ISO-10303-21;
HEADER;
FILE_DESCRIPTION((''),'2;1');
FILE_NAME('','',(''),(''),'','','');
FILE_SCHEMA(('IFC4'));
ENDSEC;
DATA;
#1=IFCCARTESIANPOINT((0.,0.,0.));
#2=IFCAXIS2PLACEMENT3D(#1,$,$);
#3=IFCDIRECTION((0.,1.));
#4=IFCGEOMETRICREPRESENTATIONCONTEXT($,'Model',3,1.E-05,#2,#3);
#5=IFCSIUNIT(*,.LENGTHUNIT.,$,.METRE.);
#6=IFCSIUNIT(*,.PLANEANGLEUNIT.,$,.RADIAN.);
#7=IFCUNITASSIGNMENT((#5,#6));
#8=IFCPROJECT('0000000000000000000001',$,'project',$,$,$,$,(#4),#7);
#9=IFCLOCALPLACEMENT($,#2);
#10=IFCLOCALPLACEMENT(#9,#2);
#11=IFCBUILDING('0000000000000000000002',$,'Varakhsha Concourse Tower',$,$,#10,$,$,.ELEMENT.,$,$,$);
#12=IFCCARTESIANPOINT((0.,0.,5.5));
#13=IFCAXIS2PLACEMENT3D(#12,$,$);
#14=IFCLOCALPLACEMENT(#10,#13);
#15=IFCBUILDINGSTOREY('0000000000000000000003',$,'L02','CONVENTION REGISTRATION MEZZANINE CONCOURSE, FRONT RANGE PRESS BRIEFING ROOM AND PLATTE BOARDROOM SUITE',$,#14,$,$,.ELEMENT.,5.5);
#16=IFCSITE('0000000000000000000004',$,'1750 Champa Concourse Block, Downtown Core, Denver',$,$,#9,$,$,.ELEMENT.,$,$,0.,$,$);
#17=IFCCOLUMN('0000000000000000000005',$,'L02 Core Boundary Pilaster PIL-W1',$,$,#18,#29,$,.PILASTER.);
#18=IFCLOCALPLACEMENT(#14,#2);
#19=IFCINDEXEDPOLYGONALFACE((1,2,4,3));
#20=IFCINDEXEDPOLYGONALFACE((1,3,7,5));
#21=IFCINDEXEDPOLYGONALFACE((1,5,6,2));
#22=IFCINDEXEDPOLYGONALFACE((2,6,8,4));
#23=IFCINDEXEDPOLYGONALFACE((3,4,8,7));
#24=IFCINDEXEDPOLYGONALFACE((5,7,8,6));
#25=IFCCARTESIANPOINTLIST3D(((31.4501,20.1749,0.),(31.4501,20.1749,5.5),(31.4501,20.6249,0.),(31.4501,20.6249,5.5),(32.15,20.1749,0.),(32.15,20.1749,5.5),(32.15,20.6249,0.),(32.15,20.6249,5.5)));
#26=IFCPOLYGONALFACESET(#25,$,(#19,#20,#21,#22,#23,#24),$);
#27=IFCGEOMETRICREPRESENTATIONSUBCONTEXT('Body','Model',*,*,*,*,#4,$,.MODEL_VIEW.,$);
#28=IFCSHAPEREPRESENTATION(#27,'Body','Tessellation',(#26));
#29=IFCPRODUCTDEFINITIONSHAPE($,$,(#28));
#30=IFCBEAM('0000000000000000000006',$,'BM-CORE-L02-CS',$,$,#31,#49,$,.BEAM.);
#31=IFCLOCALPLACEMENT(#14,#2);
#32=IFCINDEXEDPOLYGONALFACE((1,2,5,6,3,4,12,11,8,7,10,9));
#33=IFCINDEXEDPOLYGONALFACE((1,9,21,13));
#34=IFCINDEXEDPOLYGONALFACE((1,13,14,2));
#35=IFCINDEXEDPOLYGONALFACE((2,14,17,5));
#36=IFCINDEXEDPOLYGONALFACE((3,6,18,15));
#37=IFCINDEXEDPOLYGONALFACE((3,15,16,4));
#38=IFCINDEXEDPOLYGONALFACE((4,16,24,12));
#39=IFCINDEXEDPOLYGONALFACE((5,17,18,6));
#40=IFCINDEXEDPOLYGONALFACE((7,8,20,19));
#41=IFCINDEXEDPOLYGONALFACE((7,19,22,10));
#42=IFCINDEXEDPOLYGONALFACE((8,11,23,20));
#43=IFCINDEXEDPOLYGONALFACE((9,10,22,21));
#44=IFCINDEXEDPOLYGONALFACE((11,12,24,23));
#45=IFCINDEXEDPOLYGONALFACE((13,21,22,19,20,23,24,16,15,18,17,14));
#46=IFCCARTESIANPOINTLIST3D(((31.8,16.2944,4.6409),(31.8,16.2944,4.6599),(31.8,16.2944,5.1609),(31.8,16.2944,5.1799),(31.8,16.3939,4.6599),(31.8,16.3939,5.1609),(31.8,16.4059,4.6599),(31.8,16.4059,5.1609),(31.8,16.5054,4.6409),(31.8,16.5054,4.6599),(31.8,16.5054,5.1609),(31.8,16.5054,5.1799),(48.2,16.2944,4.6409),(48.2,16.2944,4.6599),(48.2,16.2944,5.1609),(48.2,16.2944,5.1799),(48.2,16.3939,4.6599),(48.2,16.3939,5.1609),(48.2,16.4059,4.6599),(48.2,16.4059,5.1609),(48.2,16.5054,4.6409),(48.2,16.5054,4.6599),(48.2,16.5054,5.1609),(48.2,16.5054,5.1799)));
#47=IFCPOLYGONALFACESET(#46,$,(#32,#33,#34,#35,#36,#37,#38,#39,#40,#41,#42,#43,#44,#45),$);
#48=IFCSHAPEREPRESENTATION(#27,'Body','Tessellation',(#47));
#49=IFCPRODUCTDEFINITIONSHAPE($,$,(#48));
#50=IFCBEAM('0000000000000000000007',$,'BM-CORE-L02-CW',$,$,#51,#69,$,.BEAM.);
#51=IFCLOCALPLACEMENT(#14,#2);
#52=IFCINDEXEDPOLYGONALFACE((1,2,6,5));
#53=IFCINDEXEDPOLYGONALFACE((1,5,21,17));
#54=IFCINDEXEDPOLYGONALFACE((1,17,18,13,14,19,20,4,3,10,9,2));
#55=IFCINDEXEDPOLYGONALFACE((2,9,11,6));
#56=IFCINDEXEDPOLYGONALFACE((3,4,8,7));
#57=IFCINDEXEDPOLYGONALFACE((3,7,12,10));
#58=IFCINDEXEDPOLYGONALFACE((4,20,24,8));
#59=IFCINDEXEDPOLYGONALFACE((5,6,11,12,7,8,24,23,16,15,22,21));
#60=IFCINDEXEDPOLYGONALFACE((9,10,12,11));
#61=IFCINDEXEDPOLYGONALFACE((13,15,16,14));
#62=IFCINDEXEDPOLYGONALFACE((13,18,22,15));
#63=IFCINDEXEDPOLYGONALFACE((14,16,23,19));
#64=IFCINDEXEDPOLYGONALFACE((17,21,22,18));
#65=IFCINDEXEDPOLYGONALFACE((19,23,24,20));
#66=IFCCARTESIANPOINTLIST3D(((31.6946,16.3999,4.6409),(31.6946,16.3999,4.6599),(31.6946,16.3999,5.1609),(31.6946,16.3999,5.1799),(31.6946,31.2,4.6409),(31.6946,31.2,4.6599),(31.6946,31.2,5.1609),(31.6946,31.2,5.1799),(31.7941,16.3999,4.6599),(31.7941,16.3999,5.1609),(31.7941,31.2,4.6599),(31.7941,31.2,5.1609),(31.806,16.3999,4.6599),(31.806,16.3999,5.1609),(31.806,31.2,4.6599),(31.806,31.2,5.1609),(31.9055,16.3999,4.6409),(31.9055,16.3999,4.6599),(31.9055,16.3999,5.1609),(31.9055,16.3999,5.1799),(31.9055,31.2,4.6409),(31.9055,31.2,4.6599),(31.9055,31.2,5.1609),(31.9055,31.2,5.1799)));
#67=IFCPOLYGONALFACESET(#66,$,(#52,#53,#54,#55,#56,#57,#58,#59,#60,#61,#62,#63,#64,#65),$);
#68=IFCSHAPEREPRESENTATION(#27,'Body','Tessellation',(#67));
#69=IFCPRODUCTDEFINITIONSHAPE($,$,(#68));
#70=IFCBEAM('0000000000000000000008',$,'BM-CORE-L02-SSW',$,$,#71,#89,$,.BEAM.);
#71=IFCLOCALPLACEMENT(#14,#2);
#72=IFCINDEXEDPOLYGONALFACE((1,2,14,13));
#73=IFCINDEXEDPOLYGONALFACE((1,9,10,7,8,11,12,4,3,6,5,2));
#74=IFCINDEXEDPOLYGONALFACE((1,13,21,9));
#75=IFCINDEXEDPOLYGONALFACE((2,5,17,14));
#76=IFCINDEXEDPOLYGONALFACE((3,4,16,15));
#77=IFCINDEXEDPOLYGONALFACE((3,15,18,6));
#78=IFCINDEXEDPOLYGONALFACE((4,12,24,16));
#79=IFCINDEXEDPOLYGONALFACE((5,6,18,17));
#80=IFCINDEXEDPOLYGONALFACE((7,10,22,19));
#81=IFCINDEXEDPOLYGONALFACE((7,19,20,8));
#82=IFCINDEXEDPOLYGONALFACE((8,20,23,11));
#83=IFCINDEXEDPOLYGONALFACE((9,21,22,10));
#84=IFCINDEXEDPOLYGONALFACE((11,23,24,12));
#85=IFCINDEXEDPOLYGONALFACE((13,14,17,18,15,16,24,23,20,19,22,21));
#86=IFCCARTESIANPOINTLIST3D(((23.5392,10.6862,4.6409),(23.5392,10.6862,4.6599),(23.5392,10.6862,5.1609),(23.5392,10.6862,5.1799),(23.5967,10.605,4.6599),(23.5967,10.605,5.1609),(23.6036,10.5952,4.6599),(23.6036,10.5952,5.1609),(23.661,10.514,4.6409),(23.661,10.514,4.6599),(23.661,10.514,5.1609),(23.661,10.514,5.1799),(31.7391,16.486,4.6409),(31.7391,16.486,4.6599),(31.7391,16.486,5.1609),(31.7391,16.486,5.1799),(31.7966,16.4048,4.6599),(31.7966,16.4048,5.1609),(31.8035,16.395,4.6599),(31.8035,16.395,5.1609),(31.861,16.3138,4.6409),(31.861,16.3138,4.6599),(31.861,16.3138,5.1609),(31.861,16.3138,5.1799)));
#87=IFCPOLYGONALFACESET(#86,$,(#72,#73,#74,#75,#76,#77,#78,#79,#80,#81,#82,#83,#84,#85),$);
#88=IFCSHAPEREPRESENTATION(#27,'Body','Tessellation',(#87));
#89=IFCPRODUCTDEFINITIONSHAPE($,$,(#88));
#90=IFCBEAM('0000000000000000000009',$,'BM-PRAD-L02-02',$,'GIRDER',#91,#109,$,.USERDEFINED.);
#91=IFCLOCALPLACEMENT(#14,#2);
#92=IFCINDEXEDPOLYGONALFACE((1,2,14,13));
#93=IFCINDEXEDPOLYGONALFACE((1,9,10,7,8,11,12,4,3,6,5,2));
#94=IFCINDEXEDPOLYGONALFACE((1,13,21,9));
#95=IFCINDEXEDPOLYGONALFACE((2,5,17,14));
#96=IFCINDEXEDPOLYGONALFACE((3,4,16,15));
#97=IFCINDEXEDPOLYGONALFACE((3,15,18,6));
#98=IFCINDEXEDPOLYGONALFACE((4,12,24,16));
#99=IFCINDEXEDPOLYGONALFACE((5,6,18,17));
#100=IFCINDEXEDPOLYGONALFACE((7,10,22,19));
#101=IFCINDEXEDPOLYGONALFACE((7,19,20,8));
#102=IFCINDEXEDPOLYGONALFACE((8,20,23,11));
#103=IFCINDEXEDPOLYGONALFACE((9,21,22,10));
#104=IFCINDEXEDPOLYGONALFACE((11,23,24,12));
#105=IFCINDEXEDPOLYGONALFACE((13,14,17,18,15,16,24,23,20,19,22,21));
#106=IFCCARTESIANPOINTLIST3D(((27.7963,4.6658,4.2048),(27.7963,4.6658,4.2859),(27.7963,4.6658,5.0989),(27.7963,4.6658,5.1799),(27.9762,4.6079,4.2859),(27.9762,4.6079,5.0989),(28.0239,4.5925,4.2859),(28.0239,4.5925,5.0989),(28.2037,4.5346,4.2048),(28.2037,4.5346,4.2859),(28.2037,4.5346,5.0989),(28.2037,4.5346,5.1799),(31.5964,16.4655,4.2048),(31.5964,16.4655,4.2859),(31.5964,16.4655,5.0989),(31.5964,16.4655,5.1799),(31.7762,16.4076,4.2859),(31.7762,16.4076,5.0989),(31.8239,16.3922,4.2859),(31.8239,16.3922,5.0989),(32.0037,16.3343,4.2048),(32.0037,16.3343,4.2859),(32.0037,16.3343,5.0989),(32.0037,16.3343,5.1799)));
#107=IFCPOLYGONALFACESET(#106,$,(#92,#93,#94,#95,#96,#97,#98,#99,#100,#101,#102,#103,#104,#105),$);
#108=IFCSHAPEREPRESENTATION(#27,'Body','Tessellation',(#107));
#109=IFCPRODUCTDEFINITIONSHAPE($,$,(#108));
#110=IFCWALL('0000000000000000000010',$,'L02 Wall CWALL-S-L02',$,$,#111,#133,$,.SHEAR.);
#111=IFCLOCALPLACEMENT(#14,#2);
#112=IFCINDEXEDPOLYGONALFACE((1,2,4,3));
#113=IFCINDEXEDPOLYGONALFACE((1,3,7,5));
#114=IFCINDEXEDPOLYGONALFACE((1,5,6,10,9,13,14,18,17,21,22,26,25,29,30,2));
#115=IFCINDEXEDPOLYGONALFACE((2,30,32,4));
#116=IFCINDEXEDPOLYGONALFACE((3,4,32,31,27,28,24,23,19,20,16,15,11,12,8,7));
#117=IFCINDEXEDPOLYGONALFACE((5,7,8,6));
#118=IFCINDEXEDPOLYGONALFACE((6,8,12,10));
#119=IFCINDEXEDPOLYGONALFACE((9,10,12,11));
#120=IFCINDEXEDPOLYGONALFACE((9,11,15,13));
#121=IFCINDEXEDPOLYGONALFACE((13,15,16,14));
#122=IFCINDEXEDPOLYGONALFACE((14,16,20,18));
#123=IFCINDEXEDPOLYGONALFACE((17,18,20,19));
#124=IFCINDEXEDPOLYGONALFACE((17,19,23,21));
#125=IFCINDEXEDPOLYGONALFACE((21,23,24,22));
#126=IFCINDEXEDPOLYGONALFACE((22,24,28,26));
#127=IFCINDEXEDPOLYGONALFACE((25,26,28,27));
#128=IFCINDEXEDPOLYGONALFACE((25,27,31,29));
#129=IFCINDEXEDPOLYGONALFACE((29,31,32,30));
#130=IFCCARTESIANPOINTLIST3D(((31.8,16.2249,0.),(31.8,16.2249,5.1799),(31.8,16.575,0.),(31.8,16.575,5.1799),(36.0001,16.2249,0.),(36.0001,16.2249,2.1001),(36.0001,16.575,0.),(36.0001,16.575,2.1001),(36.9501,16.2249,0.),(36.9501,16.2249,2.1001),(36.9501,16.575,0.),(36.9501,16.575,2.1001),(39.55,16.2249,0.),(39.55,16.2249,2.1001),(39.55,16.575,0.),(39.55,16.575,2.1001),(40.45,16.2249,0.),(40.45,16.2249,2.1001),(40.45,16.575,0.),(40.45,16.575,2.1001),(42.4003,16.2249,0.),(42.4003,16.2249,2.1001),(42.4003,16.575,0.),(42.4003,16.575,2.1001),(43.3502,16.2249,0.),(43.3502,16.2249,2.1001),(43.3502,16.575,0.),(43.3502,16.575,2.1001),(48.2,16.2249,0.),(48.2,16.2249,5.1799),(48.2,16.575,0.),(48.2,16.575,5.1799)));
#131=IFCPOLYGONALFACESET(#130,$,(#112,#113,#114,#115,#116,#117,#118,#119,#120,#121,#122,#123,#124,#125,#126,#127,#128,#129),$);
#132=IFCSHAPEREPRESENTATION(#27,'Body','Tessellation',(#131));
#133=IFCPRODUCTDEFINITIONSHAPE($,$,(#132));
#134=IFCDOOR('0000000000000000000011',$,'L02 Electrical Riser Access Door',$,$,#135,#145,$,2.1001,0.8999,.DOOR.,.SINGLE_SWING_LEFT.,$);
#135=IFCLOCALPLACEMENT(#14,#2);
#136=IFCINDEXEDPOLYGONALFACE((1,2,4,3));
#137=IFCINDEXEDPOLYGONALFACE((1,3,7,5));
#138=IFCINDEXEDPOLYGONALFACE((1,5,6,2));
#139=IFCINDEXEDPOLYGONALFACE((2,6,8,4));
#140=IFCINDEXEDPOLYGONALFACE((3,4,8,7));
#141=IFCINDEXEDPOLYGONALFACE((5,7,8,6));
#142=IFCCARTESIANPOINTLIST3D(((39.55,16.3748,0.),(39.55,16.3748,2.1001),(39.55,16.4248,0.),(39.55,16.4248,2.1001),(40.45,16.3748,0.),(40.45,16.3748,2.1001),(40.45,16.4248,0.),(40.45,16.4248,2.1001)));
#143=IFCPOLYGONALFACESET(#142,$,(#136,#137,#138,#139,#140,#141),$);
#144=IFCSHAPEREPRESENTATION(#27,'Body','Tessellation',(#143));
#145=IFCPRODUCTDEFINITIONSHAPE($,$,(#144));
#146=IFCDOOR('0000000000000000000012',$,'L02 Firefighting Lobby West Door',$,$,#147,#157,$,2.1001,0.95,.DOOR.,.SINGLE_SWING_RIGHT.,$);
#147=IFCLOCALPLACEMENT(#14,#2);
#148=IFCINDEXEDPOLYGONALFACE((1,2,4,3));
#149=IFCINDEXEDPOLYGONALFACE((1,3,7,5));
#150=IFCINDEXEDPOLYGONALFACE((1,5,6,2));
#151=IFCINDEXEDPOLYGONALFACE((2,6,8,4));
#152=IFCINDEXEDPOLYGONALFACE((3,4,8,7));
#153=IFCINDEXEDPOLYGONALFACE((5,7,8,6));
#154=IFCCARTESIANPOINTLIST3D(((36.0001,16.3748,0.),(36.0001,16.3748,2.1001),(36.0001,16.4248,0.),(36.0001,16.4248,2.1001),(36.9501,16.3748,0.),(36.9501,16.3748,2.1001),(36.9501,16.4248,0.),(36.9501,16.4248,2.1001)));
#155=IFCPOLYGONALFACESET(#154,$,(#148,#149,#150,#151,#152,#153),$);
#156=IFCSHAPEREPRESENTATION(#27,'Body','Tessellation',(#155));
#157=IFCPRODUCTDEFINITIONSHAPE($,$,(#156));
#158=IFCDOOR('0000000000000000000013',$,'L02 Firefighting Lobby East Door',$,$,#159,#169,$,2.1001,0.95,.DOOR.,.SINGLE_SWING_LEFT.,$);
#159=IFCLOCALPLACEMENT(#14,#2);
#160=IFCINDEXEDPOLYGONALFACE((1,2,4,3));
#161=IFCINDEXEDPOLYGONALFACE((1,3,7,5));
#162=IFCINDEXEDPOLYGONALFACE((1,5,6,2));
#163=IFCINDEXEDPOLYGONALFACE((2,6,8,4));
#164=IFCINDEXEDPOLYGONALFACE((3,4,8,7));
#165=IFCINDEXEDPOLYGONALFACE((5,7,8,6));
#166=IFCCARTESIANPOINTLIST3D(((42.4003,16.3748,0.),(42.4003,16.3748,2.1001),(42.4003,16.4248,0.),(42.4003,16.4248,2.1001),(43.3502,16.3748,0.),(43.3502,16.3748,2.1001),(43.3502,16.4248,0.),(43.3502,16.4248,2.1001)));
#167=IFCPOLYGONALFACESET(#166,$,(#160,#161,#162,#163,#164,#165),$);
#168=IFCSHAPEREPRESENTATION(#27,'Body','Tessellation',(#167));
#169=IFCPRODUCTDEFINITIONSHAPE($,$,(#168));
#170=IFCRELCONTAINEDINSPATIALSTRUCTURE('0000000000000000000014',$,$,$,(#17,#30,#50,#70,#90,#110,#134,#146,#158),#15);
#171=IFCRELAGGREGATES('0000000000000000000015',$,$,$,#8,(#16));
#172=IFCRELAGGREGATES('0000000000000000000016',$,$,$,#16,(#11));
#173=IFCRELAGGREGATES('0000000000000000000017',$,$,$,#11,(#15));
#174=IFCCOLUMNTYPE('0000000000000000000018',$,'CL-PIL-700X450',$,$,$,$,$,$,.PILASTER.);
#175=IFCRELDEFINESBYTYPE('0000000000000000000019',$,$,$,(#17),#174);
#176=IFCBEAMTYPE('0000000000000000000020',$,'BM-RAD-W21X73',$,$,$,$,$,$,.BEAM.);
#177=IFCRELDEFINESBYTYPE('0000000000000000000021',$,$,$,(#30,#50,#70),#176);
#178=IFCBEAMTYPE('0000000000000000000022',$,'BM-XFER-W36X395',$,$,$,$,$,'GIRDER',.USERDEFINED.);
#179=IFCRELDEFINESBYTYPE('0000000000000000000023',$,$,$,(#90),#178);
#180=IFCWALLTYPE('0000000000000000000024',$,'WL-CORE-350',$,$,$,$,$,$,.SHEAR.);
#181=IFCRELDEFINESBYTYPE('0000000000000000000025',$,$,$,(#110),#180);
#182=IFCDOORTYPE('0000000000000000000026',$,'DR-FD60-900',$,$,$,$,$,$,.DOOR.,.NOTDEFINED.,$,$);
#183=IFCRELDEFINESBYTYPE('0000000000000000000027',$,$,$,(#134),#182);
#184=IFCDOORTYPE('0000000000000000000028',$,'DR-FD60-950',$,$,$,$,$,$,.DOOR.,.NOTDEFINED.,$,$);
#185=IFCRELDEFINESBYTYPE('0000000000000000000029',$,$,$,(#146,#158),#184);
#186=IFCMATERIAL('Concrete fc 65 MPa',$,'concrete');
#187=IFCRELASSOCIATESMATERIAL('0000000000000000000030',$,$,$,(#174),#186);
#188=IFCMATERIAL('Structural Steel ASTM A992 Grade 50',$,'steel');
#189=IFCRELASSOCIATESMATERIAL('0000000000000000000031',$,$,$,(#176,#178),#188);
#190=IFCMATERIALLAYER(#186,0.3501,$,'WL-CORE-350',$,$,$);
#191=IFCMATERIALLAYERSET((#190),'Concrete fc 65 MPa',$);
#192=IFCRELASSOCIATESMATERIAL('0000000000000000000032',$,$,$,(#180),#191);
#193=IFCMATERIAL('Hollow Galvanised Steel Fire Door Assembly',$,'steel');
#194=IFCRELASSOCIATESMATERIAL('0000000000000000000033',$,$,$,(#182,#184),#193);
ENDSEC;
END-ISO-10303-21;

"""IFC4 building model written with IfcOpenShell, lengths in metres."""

from ifc_helpers import new_model, si_unit, direction, frame, frame_2d, origin, origin_2d, place, context, subcontext, project, spatial, rectangle, i_section, extrude, material, layer, layer_set, material_profile, profile_set, type_object, element, fill, save


model = new_model("IFC4")

# Units and contexts
model_context = context("Model", 3, precision=1e-05, world=origin(), true_north=direction((0.0, 1.0)))
body_context = subcontext(model_context, "Body", "Model", "MODEL_VIEW")
ifc_project = project(units=[si_unit("LENGTHUNIT", "METRE"), si_unit("PLANEANGLEUNIT", "RADIAN")], contexts=[model_context])

# Site, building, storey
site_placement = place(None, origin())
site = spatial("IfcSite", under=ifc_project, at=site_placement, Name="1750 Champa Concourse Block, Downtown Core, Denver", CompositionType="ELEMENT", RefElevation=0.0)
building_placement = place(site_placement, origin())
building = spatial("IfcBuilding", under=site, at=building_placement, Name="Varakhsha Concourse Tower", CompositionType="ELEMENT")
storey_placement = place(building_placement, frame((0.0, 0.0, 5.5)))
storey = spatial("IfcBuildingStorey", under=building, at=storey_placement, Name="L02", Description="CONVENTION REGISTRATION MEZZANINE CONCOURSE, FRONT RANGE PRESS BRIEFING ROOM AND PLATTE BOARDROOM SUITE", CompositionType="ELEMENT", Elevation=5.5)

# Column
ifc_material_1 = material(Name="Concrete fc 65 MPa", Category="concrete")
ifc_material_profile_1 = material_profile(ifc_material_1, rectangle(XDim=0.7, YDim=0.45, at=origin_2d()), Name="RC 700x450")
ifc_profile_set_1 = profile_set([ifc_material_profile_1], Name="Concrete fc 65 MPa")
column_type = type_object("IfcColumnType", Name="CL-PIL-700X450", PredefinedType="PILASTER", material=ifc_profile_set_1)
column_placement = place(storey_placement, frame((31.8, 20.3999, 0.0), z_axis=(0.0, 0.0, 1.0), x_axis=(1.0, 0.0, 0.0)))
element("IfcColumn", 1, at=column_placement, inside=storey, type_object=column_type, Name="L02 Core Boundary Pilaster PIL-W1", PredefinedType="PILASTER", context=body_context, shape_type="SweptSolid", body=[
    extrude(rectangle(XDim=0.7, YDim=0.45, at=origin_2d()), origin(), (0.0, 0.0, 1.0), 5.5),
])

# Beams
ifc_material_2 = material(Name="Structural Steel ASTM A992 Grade 50", Category="steel")
ifc_material_profile_2 = material_profile(ifc_material_2, i_section(OverallWidth=0.2109, OverallDepth=0.5391, WebThickness=0.012, FlangeThickness=0.019, at=origin_2d()), Name="W21X73")
ifc_profile_set_2 = profile_set([ifc_material_profile_2], Name="Structural Steel ASTM A992 Grade 50")
beam_type_1 = type_object("IfcBeamType", Name="BM-RAD-W21X73", PredefinedType="BEAM", material=ifc_profile_set_2)
beam_1_placement = place(storey_placement, frame((31.8, 16.3999, 4.9104), z_axis=(1.0, 0.0, 0.0), x_axis=(0.0, 1.0, 0.0)))
element("IfcBeam", 2, at=beam_1_placement, inside=storey, type_object=beam_type_1, Name="BM-CORE-L02-CS", PredefinedType="BEAM", context=body_context, shape_type="SweptSolid", body=[
    extrude(i_section(OverallWidth=0.2109, OverallDepth=0.5391, WebThickness=0.012, FlangeThickness=0.019, at=origin_2d()), origin(), (0.0, 0.0, 1.0), 16.3999),
])
beam_2_placement = place(storey_placement, frame((31.8, 16.3999, 4.9104), z_axis=(0.0, 1.0, 0.0), x_axis=(-1.0, 0.0, 0.0)))
element("IfcBeam", 3, at=beam_2_placement, inside=storey, type_object=beam_type_1, Name="BM-CORE-L02-CW", PredefinedType="BEAM", context=body_context, shape_type="SweptSolid", body=[
    extrude(i_section(OverallWidth=0.2109, OverallDepth=0.5391, WebThickness=0.012, FlangeThickness=0.019, at=origin_2d()), origin(), (0.0, 0.0, 1.0), 14.8),
])
beam_3_placement = place(storey_placement, frame((31.8, 16.3999, 4.9104), z_axis=(-0.816423, -0.577454, 0.0), x_axis=(0.577454, -0.816423, 0.0)))
element("IfcBeam", 4, at=beam_3_placement, inside=storey, type_object=beam_type_1, Name="BM-CORE-L02-SSW", PredefinedType="BEAM", context=body_context, shape_type="SweptSolid", body=[
    extrude(i_section(OverallWidth=0.2109, OverallDepth=0.5391, WebThickness=0.012, FlangeThickness=0.019, at=origin_2d()), origin(), (0.0, 0.0, 1.0), 10.0437),
])
ifc_material_profile_3 = material_profile(ifc_material_2, i_section(OverallWidth=0.428, OverallDepth=0.9751, WebThickness=0.05, FlangeThickness=0.0811, at=origin_2d()), Name="W36X395")
ifc_profile_set_3 = profile_set([ifc_material_profile_3], Name="Structural Steel ASTM A992 Grade 50")
beam_type_2 = type_object("IfcBeamType", Name="BM-XFER-W36X395", ElementType="GIRDER", PredefinedType="USERDEFINED", material=ifc_profile_set_3)
beam_4_placement = place(storey_placement, frame((31.8, 16.3999, 4.6924), z_axis=(-0.30654, -0.951858, 0.0), x_axis=(0.951858, -0.30654, 0.0)))
element("IfcBeam", 5, at=beam_4_placement, inside=storey, type_object=beam_type_2, Name="BM-PRAD-L02-02", ObjectType="GIRDER", PredefinedType="USERDEFINED", context=body_context, shape_type="SweptSolid", body=[
    extrude(i_section(OverallWidth=0.428, OverallDepth=0.9751, WebThickness=0.05, FlangeThickness=0.0811, at=origin_2d()), origin(), (0.0, 0.0, 1.0), 12.3965),
])

# Wall, openings, doors
ifc_layer_1 = layer(ifc_material_1, 0.3501, Name="WL-CORE-350")
ifc_layer_set_1 = layer_set([ifc_layer_1], Name="Concrete fc 65 MPa")
wall_type_1 = type_object("IfcWallType", Name="WL-CORE-350", PredefinedType="SHEAR", material=ifc_layer_set_1)
wall_1_placement = place(storey_placement, frame((31.8, 16.3999, 0.0), z_axis=(0.0, 0.0, 1.0), x_axis=(1.0, 0.0, 0.0)))
wall_1 = element("IfcWall", 6, at=wall_1_placement, inside=storey, type_object=wall_type_1, Name="L02 Wall CWALL-S-L02", PredefinedType="SHEAR", context=body_context, shape_type="SweptSolid", body=[
    extrude(rectangle(XDim=16.3999, YDim=0.3501, at=frame_2d((8.2, 0.0))), origin(), (0.0, 0.0, 1.0), 5.1799),
])
opening_1_placement = place(wall_1_placement, frame((7.75, 0.0, 0.0)))
opening_1 = element("IfcOpeningElement", 7, at=opening_1_placement, cuts=wall_1, PredefinedType="OPENING", context=body_context, shape_type="SweptSolid", body=[
    extrude(rectangle(XDim=0.8999, YDim=2.1001, at=frame_2d((0.45, 1.05))), frame((0.0, 0.1851, 0.0), z_axis=(0.0, -1.0, 0.0), x_axis=(1.0, 0.0, 0.0)), (0.0, 0.0, 1.0), 0.3701),
])
opening_2_placement = place(wall_1_placement, frame((4.2, 0.0, 0.0)))
opening_2 = element("IfcOpeningElement", 8, at=opening_2_placement, cuts=wall_1, PredefinedType="OPENING", context=body_context, shape_type="SweptSolid", body=[
    extrude(rectangle(XDim=0.95, YDim=2.1001, at=frame_2d((0.4751, 1.05))), frame((0.0, 0.1851, 0.0), z_axis=(0.0, -1.0, 0.0), x_axis=(1.0, 0.0, 0.0)), (0.0, 0.0, 1.0), 0.3701),
])
opening_3_placement = place(wall_1_placement, frame((10.6001, 0.0, 0.0)))
opening_3 = element("IfcOpeningElement", 9, at=opening_3_placement, cuts=wall_1, PredefinedType="OPENING", context=body_context, shape_type="SweptSolid", body=[
    extrude(rectangle(XDim=0.95, YDim=2.1001, at=frame_2d((0.4751, 1.05))), frame((0.0, 0.1851, 0.0), z_axis=(0.0, -1.0, 0.0), x_axis=(1.0, 0.0, 0.0)), (0.0, 0.0, 1.0), 0.3701),
])
ifc_material_3 = material(Name="Hollow Galvanised Steel Fire Door Assembly", Category="steel")
door_type_1 = type_object("IfcDoorType", Name="DR-FD60-900", OperationType="NOTDEFINED", PredefinedType="DOOR", material=ifc_material_3)
door_1_placement = place(opening_1_placement, origin())
door_1 = element("IfcDoor", 10, at=door_1_placement, inside=storey, type_object=door_type_1, Name="L02 Electrical Riser Access Door", OperationType="SINGLE_SWING_LEFT", OverallHeight=2.1001, OverallWidth=0.8999, PredefinedType="DOOR", context=body_context, shape_type="SweptSolid", body=[
    extrude(rectangle(XDim=0.8999, YDim=2.1001, at=frame_2d((0.45, 1.05))), frame((0.0, 0.0249, 0.0), z_axis=(0.0, -1.0, 0.0), x_axis=(1.0, 0.0, 0.0)), (0.0, 0.0, 1.0), 0.05),
])
fill(opening_1, door_1)
door_type_2 = type_object("IfcDoorType", Name="DR-FD60-950", OperationType="NOTDEFINED", PredefinedType="DOOR", material=ifc_material_3)
door_2_placement = place(opening_2_placement, origin())
door_2 = element("IfcDoor", 11, at=door_2_placement, inside=storey, type_object=door_type_2, Name="L02 Firefighting Lobby West Door", OperationType="SINGLE_SWING_RIGHT", OverallHeight=2.1001, OverallWidth=0.95, PredefinedType="DOOR", context=body_context, shape_type="SweptSolid", body=[
    extrude(rectangle(XDim=0.95, YDim=2.1001, at=frame_2d((0.4751, 1.05))), frame((0.0, 0.0249, 0.0), z_axis=(0.0, -1.0, 0.0), x_axis=(1.0, 0.0, 0.0)), (0.0, 0.0, 1.0), 0.05),
])
fill(opening_2, door_2)
door_3_placement = place(opening_3_placement, origin())
door_3 = element("IfcDoor", 12, at=door_3_placement, inside=storey, type_object=door_type_2, Name="L02 Firefighting Lobby East Door", OperationType="SINGLE_SWING_LEFT", OverallHeight=2.1001, OverallWidth=0.95, PredefinedType="DOOR", context=body_context, shape_type="SweptSolid", body=[
    extrude(rectangle(XDim=0.95, YDim=2.1001, at=frame_2d((0.4751, 1.05))), frame((0.0, 0.0249, 0.0), z_axis=(0.0, -1.0, 0.0), x_axis=(1.0, 0.0, 0.0)), (0.0, 0.0, 1.0), 0.05),
])
fill(opening_3, door_3)

save(model, "model.ifc")
